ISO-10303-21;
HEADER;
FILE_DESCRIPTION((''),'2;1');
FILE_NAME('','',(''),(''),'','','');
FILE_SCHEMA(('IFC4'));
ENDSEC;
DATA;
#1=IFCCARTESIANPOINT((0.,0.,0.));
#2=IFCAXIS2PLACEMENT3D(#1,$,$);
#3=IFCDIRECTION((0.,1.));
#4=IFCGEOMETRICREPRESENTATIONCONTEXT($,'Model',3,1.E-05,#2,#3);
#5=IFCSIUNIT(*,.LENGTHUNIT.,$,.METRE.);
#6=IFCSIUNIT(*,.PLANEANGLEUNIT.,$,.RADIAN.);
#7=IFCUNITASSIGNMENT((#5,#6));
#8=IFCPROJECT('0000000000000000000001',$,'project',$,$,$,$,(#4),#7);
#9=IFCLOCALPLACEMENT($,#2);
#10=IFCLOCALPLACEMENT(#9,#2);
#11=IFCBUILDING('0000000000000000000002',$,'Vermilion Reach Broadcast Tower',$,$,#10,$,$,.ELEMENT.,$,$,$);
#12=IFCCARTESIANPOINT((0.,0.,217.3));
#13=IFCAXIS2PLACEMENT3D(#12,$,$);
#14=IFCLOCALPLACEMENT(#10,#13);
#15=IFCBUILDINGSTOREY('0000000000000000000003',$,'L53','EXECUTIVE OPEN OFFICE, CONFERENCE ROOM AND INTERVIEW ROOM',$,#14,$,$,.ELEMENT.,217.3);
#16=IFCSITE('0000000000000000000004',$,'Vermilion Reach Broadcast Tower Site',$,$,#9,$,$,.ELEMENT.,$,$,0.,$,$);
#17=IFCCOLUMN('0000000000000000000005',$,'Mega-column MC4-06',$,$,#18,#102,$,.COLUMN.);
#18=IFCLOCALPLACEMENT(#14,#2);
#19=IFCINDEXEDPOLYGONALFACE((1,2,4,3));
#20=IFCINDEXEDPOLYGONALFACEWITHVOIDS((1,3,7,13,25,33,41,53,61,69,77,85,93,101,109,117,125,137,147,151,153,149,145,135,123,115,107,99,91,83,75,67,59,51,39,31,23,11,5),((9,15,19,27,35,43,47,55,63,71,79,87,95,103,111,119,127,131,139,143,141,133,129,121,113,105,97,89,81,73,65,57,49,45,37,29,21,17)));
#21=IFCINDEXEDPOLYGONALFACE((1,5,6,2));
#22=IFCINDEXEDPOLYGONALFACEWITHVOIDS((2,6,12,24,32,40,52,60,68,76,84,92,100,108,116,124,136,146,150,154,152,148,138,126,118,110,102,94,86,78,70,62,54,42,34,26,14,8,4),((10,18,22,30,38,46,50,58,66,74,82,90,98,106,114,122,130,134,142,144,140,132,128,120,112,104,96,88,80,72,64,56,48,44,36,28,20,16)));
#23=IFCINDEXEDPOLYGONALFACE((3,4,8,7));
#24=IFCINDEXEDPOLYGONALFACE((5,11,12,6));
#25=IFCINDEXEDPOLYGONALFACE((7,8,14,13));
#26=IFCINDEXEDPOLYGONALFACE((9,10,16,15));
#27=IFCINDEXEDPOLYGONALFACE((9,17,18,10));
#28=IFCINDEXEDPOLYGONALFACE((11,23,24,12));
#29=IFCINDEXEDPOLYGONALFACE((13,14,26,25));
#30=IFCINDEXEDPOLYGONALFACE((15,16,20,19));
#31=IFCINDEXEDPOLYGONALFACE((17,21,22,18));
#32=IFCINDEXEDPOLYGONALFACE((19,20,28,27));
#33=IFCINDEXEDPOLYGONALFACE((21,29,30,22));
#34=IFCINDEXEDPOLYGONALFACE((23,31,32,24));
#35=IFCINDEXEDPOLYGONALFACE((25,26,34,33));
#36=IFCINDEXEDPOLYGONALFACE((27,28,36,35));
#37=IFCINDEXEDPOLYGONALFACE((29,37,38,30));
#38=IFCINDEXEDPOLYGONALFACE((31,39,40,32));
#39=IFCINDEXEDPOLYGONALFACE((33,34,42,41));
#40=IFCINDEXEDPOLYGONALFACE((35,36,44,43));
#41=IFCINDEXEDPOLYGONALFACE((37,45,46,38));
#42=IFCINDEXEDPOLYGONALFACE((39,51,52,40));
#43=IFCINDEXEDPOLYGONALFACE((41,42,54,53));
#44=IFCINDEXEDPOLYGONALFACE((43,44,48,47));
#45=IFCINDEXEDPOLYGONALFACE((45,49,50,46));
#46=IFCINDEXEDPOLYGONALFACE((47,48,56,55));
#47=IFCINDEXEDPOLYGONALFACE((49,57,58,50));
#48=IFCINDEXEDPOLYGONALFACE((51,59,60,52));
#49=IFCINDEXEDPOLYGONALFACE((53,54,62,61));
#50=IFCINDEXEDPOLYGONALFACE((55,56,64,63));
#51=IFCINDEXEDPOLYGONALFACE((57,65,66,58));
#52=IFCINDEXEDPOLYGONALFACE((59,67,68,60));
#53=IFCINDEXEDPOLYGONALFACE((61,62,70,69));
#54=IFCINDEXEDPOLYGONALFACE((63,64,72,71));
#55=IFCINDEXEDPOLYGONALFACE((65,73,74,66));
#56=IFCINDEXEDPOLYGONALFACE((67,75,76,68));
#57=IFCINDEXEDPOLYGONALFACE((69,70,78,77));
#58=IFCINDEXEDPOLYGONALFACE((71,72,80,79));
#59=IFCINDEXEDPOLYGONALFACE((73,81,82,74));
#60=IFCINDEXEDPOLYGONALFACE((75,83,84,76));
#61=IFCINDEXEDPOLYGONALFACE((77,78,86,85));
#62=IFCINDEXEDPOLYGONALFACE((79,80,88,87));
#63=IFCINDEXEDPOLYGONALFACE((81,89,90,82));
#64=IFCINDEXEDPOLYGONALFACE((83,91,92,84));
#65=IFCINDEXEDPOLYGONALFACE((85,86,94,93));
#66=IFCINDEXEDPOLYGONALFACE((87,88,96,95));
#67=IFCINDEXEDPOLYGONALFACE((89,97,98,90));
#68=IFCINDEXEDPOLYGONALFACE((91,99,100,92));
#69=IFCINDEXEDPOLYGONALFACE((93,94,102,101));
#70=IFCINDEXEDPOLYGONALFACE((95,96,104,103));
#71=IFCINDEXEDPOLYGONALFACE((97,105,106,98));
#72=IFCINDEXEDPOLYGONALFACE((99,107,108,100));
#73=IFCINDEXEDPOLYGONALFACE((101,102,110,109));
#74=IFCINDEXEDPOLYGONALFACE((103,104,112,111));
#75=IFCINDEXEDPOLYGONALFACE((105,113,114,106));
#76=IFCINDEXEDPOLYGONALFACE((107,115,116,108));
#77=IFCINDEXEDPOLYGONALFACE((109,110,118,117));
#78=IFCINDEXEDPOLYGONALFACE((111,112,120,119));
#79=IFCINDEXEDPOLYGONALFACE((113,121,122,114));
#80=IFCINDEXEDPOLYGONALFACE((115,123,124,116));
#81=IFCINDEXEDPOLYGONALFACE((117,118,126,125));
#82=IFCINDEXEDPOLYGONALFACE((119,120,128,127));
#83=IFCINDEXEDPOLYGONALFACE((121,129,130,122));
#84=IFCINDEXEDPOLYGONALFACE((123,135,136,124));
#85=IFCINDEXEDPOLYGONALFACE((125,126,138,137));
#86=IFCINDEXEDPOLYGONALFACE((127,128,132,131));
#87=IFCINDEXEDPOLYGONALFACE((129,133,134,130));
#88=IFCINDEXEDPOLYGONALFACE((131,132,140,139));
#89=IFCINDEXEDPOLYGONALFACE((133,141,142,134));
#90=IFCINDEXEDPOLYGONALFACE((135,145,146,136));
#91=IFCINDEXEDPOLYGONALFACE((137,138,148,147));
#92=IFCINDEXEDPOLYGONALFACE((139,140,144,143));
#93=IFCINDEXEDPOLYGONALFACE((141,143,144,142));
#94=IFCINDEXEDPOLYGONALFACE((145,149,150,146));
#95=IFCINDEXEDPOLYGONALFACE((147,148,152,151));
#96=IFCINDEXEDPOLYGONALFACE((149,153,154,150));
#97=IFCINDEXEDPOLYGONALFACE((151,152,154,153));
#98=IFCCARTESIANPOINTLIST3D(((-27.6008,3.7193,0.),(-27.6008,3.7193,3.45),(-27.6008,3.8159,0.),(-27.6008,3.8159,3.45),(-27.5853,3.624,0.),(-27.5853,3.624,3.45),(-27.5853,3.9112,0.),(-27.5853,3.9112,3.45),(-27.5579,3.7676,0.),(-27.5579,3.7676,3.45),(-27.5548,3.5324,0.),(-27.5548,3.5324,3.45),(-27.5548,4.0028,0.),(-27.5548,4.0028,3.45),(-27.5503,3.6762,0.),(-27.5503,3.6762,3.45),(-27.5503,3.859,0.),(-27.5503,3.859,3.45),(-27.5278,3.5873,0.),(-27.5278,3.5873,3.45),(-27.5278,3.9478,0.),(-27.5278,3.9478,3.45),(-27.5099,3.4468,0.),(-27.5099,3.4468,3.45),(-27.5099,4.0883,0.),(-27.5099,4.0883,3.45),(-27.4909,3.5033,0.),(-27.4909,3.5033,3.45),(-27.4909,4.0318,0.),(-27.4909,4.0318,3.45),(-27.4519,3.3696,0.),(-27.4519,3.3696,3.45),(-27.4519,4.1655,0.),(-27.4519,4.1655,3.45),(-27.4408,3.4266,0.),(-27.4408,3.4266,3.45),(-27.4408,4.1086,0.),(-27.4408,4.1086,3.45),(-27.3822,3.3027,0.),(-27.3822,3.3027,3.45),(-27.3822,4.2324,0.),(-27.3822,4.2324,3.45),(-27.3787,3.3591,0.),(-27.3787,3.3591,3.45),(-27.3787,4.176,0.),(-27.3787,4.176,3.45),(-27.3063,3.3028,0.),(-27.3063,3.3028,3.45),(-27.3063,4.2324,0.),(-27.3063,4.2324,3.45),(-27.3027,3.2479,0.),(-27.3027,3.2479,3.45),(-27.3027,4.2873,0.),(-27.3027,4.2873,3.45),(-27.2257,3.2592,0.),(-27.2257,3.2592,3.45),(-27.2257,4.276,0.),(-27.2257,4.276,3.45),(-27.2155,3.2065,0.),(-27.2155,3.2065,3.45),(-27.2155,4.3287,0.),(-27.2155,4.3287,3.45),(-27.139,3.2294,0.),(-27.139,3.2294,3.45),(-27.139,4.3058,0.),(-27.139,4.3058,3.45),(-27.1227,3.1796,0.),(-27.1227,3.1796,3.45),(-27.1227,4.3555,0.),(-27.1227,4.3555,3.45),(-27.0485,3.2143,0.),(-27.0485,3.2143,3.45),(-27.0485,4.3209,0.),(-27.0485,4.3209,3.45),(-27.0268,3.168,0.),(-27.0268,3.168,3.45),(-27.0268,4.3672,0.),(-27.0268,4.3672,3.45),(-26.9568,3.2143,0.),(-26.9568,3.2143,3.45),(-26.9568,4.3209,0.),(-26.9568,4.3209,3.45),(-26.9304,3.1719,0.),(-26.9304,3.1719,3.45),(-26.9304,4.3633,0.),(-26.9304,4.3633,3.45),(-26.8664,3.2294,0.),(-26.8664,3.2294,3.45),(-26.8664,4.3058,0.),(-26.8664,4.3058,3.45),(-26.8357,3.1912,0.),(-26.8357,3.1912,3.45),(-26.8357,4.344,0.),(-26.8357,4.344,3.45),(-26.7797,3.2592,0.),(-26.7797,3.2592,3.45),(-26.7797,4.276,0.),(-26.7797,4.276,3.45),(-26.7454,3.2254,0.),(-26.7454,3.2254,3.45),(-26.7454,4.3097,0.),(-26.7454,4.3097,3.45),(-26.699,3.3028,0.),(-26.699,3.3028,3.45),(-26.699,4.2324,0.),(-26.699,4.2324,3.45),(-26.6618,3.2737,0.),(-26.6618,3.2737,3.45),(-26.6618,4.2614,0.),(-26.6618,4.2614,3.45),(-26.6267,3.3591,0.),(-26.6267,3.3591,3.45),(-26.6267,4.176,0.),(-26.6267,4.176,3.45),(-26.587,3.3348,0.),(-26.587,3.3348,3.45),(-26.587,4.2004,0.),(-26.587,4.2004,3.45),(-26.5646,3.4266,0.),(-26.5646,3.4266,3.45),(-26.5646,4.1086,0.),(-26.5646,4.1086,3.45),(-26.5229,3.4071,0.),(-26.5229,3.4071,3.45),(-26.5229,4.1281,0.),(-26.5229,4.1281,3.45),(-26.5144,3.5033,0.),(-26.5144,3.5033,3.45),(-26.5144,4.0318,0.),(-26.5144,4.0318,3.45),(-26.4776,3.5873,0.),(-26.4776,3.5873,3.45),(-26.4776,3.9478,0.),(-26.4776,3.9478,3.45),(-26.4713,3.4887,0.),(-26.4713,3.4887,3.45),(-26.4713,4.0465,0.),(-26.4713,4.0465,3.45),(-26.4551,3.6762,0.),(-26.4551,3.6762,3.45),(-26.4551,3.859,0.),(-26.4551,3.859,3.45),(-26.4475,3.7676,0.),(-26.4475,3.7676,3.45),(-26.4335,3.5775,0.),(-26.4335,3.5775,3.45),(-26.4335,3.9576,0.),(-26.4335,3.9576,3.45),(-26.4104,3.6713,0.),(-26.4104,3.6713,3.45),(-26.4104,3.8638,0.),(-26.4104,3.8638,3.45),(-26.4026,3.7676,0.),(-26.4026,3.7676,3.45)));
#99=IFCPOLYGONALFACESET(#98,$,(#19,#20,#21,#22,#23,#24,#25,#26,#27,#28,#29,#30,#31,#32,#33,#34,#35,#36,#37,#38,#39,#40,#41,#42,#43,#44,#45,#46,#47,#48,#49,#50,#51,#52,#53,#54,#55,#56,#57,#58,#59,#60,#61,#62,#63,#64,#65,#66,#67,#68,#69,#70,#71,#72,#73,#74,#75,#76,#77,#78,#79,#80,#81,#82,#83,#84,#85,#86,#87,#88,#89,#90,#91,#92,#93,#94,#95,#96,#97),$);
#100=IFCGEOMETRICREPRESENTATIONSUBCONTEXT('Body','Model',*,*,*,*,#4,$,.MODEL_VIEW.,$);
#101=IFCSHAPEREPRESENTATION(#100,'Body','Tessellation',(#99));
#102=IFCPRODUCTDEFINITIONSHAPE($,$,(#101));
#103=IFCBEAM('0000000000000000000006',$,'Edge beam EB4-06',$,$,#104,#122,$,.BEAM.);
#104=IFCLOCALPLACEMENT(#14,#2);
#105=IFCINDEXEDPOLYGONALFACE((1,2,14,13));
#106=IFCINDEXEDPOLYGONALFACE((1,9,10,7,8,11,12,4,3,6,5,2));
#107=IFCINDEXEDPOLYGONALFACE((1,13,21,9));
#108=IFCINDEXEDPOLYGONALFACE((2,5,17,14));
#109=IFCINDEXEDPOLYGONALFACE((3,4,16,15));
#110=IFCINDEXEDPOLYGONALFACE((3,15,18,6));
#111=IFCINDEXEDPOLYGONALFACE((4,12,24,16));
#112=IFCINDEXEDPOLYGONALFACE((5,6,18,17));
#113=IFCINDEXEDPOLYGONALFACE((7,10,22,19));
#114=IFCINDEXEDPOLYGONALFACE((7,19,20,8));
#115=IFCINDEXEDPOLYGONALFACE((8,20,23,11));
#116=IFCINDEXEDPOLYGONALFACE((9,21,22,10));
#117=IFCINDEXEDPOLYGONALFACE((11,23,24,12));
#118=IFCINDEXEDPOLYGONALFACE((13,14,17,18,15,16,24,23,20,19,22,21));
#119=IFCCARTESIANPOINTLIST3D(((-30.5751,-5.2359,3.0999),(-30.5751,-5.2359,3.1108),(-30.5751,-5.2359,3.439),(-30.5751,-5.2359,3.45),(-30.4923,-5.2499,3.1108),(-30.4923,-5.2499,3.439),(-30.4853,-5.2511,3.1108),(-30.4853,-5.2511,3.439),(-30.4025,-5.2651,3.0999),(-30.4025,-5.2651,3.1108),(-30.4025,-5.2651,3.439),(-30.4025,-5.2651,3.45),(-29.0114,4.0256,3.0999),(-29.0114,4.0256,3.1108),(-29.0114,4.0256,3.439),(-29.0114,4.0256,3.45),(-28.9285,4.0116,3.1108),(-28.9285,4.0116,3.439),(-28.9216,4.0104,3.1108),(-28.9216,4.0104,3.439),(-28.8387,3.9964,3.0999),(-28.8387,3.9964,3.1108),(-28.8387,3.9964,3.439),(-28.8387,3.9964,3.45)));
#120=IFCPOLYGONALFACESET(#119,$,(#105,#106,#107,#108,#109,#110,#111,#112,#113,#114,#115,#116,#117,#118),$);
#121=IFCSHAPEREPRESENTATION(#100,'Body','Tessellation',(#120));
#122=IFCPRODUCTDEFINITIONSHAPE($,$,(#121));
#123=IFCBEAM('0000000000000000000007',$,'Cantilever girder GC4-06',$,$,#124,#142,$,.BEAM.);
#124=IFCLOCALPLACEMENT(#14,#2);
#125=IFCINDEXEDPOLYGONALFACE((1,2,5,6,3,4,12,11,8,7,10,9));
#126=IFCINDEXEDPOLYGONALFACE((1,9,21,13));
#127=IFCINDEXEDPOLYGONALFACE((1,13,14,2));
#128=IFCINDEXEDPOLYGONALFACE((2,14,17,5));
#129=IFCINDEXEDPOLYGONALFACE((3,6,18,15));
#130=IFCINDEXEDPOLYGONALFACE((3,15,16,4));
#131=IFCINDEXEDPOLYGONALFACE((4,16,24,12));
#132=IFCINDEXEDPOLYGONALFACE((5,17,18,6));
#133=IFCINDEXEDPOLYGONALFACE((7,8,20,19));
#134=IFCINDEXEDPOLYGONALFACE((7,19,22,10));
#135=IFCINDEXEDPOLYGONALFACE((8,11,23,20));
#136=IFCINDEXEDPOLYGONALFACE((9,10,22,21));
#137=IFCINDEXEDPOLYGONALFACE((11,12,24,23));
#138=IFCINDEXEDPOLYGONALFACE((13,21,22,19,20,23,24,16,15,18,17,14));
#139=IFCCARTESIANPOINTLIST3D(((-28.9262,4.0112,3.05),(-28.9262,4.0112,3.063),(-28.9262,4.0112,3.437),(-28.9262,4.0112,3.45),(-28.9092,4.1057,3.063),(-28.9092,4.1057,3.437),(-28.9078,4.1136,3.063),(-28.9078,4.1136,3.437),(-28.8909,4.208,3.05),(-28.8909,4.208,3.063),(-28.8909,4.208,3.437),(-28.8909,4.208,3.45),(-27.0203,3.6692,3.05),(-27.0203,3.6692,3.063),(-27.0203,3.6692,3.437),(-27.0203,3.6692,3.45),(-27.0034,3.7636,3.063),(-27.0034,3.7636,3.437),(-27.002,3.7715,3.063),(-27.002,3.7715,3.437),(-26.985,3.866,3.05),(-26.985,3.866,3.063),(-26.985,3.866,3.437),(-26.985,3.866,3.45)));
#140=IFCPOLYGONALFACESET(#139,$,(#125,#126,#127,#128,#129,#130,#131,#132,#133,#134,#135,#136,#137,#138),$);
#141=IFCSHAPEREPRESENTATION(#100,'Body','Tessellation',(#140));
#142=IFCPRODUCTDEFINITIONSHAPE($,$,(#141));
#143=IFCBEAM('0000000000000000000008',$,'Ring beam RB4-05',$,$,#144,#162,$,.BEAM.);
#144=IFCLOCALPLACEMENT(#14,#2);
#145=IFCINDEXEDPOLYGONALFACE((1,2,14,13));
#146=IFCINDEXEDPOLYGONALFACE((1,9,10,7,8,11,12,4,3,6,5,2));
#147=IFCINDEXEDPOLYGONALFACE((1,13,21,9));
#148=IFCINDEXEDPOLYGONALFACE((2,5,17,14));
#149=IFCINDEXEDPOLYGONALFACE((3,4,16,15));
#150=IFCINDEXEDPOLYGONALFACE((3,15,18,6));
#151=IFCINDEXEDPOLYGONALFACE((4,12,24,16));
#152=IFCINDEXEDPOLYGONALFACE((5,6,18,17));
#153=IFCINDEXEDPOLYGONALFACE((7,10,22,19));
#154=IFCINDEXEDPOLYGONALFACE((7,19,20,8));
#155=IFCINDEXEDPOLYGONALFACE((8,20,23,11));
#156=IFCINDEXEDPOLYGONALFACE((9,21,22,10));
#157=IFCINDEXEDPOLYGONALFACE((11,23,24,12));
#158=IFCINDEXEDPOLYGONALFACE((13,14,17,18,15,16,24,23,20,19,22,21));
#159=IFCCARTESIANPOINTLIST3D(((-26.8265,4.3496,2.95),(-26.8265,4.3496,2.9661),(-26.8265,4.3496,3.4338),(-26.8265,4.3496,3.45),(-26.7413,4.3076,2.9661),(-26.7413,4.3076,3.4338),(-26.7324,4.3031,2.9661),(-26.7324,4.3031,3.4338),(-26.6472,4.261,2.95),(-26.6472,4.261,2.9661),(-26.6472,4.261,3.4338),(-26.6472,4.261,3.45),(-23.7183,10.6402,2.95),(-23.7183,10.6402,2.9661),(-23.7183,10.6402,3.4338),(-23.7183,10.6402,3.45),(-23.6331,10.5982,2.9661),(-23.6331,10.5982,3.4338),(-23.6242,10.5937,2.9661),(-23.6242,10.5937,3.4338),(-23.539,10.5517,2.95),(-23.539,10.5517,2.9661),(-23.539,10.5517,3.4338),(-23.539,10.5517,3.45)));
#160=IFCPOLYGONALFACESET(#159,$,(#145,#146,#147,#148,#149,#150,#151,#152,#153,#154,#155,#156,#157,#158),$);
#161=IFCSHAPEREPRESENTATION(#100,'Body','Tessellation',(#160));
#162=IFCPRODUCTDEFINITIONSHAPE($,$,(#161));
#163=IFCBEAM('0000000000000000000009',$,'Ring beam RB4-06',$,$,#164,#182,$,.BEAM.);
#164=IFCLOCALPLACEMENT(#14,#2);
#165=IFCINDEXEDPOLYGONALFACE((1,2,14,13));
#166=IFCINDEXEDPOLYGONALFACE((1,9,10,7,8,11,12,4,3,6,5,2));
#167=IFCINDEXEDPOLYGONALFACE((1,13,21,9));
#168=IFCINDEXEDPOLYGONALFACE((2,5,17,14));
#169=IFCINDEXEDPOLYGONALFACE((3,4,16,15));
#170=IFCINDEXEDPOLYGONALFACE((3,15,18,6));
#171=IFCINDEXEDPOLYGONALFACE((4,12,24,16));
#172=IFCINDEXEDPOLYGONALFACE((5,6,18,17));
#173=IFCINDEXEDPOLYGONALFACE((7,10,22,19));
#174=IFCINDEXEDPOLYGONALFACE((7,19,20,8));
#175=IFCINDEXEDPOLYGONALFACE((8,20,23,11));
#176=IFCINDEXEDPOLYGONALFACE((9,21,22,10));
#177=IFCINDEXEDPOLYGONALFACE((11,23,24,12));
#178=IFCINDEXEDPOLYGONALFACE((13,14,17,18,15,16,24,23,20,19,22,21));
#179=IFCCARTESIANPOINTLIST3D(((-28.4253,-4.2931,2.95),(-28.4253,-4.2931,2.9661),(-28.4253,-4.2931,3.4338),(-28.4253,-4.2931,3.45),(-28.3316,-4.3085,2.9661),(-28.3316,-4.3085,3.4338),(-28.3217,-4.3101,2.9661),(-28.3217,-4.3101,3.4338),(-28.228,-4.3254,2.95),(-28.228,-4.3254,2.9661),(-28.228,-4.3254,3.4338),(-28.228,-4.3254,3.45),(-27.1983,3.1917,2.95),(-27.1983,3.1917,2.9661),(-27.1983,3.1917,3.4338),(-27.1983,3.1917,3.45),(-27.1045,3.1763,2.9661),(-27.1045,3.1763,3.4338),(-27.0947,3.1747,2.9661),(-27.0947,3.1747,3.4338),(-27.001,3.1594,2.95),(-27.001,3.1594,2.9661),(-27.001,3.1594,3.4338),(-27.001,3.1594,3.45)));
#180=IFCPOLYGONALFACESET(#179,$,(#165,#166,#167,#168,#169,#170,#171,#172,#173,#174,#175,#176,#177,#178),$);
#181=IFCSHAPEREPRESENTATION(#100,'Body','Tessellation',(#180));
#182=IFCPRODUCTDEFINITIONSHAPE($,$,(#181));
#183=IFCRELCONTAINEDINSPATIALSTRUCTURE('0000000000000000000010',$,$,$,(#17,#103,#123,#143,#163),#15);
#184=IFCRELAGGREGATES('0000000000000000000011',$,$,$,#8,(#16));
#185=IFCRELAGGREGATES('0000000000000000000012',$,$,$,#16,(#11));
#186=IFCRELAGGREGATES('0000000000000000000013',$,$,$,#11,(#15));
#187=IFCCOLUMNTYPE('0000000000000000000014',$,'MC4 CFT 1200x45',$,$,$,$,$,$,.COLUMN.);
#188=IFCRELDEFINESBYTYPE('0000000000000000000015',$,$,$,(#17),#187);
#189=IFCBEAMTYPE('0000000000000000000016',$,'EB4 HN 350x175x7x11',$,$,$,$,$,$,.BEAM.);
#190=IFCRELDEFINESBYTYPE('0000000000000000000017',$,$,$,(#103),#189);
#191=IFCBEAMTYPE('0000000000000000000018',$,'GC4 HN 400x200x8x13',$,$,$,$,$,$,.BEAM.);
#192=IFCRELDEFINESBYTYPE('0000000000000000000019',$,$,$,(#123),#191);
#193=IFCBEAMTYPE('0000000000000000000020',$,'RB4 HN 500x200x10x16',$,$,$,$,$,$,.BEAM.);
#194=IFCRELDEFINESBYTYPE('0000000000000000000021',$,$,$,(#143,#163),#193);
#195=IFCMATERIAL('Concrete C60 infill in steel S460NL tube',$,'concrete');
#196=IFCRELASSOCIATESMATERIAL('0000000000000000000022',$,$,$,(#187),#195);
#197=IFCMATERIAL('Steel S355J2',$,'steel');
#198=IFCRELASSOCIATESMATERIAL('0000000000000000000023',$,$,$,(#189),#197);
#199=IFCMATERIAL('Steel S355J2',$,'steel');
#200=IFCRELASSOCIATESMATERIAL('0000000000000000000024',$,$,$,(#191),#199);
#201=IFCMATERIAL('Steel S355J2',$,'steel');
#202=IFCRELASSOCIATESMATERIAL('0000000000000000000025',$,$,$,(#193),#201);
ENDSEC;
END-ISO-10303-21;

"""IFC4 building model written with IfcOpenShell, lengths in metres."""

from ifc_helpers import new_model, si_unit, direction, frame, origin, origin_2d, place, context, subcontext, project, spatial, hollow_circle, i_section, extrude, material, material_profile, profile_set, type_object, element, save


model = new_model("IFC4")

# Units and contexts
model_context = context("Model", 3, precision=1e-05, world=origin(), true_north=direction((0.0, 1.0)))
body_context = subcontext(model_context, "Body", "Model", "MODEL_VIEW")
ifc_project = project(units=[si_unit("LENGTHUNIT", "METRE"), si_unit("PLANEANGLEUNIT", "RADIAN")], contexts=[model_context])

# Site, building, storey
site_placement = place(None, origin())
site = spatial("IfcSite", under=ifc_project, at=site_placement, Name="Vermilion Reach Broadcast Tower Site", CompositionType="ELEMENT", RefElevation=0.0)
building_placement = place(site_placement, origin())
building = spatial("IfcBuilding", under=site, at=building_placement, Name="Vermilion Reach Broadcast Tower", CompositionType="ELEMENT")
storey_placement = place(building_placement, frame((0.0, 0.0, 217.3)))
storey = spatial("IfcBuildingStorey", under=building, at=storey_placement, Name="L53", Description="EXECUTIVE OPEN OFFICE, CONFERENCE ROOM AND INTERVIEW ROOM", CompositionType="ELEMENT", Elevation=217.3)

# Column
ifc_material_1 = material(Name="Concrete C60 infill in steel S460NL tube", Category="concrete")
ifc_material_profile_1 = material_profile(ifc_material_1, hollow_circle(Radius=0.6001, WallThickness=0.0449, at=origin_2d()), Name="Concrete C60 infill in steel S460NL tube CFT 1200x45")
ifc_profile_set_1 = profile_set([ifc_material_profile_1], Name="Concrete C60 infill in steel S460NL tube")
column_type = type_object("IfcColumnType", Name="MC4 CFT 1200x45", PredefinedType="COLUMN", material=ifc_profile_set_1)
column_placement = place(storey_placement, frame((-27.0027, 3.7676, 0.0), z_axis=(0.0, 0.0, 1.0), x_axis=(1.0, 0.0, 0.0)))
element("IfcColumn", 1, at=column_placement, inside=storey, type_object=column_type, Name="Mega-column MC4-06", PredefinedType="COLUMN", context=body_context, shape_type="SweptSolid", body=[
    extrude(hollow_circle(Radius=0.6001, WallThickness=0.0449, at=origin_2d()), origin(), (0.0, 0.0, 1.0), 3.45),
])

# Beams
ifc_material_2 = material(Name="Steel S355J2", Category="steel")
ifc_material_profile_2 = material_profile(ifc_material_2, i_section(OverallWidth=0.175, OverallDepth=0.3501, WebThickness=0.0071, FlangeThickness=0.011, at=origin_2d()), Name="S355J2 HN 350x175x7x11")
ifc_profile_set_2 = profile_set([ifc_material_profile_2], Name="Steel S355J2")
beam_type_1 = type_object("IfcBeamType", Name="EB4 HN 350x175x7x11", PredefinedType="BEAM", material=ifc_profile_set_2)
beam_1_placement = place(storey_placement, frame((-28.925, 4.011, 3.2749), z_axis=(-0.166485, -0.986044, 0.0), x_axis=(0.986044, -0.166485, 0.0)))
element("IfcBeam", 2, at=beam_1_placement, inside=storey, type_object=beam_type_1, Name="Edge beam EB4-06", PredefinedType="BEAM", context=body_context, shape_type="SweptSolid", body=[
    extrude(i_section(OverallWidth=0.175, OverallDepth=0.3501, WebThickness=0.0071, FlangeThickness=0.011, at=origin_2d()), origin(), (0.0, 0.0, 1.0), 9.3926),
])
ifc_material_3 = material(Name="Steel S355J2", Category="steel")
ifc_material_profile_3 = material_profile(ifc_material_3, i_section(OverallWidth=0.2, OverallDepth=0.3999, WebThickness=0.0081, FlangeThickness=0.0129, at=origin_2d()), Name="S355J2 HN 400x200x8x13")
ifc_profile_set_3 = profile_set([ifc_material_profile_3], Name="Steel S355J2")
beam_type_2 = type_object("IfcBeamType", Name="GC4 HN 400x200x8x13", PredefinedType="BEAM", material=ifc_profile_set_3)
beam_2_placement = place(storey_placement, frame((-27.0027, 3.7676, 3.25), z_axis=(-0.984273, 0.176655, 0.0), x_axis=(-0.176655, -0.984273, 0.0)))
element("IfcBeam", 3, at=beam_2_placement, inside=storey, type_object=beam_type_2, Name="Cantilever girder GC4-06", PredefinedType="BEAM", context=body_context, shape_type="SweptSolid", body=[
    extrude(i_section(OverallWidth=0.2, OverallDepth=0.3999, WebThickness=0.0081, FlangeThickness=0.0129, at=origin_2d()), origin(), (0.0, 0.0, 1.0), 1.9363),
])
ifc_material_4 = material(Name="Steel S355J2", Category="steel")
ifc_material_profile_4 = material_profile(ifc_material_4, i_section(OverallWidth=0.2, OverallDepth=0.5, WebThickness=0.01, FlangeThickness=0.0161, at=origin_2d()), Name="S355J2 HN 500x200x10x16")
ifc_profile_set_4 = profile_set([ifc_material_profile_4], Name="Steel S355J2")
beam_type_3 = type_object("IfcBeamType", Name="RB4 HN 500x200x10x16", PredefinedType="BEAM", material=ifc_profile_set_4)
beam_3_placement = place(storey_placement, frame((-23.6287, 10.5959, 3.2), z_axis=(-0.442977, -0.896533, 0.0), x_axis=(0.896533, -0.442977, 0.0)))
element("IfcBeam", 4, at=beam_3_placement, inside=storey, type_object=beam_type_3, Name="Ring beam RB4-05", PredefinedType="BEAM", context=body_context, shape_type="SweptSolid", body=[
    extrude(i_section(OverallWidth=0.2, OverallDepth=0.5, WebThickness=0.01, FlangeThickness=0.0161, at=origin_2d()), origin(), (0.0, 0.0, 1.0), 7.0166),
])
beam_4_placement = place(storey_placement, frame((-27.0996, 3.1755, 3.2), z_axis=(-0.161778, -0.986827, 0.0), x_axis=(0.986827, -0.161778, 0.0)))
element("IfcBeam", 5, at=beam_4_placement, inside=storey, type_object=beam_type_3, Name="Ring beam RB4-06", PredefinedType="BEAM", context=body_context, shape_type="SweptSolid", body=[
    extrude(i_section(OverallWidth=0.2, OverallDepth=0.5, WebThickness=0.01, FlangeThickness=0.0161, at=origin_2d()), origin(), (0.0, 0.0, 1.0), 7.5847),
])

save(model, "model.ifc")
